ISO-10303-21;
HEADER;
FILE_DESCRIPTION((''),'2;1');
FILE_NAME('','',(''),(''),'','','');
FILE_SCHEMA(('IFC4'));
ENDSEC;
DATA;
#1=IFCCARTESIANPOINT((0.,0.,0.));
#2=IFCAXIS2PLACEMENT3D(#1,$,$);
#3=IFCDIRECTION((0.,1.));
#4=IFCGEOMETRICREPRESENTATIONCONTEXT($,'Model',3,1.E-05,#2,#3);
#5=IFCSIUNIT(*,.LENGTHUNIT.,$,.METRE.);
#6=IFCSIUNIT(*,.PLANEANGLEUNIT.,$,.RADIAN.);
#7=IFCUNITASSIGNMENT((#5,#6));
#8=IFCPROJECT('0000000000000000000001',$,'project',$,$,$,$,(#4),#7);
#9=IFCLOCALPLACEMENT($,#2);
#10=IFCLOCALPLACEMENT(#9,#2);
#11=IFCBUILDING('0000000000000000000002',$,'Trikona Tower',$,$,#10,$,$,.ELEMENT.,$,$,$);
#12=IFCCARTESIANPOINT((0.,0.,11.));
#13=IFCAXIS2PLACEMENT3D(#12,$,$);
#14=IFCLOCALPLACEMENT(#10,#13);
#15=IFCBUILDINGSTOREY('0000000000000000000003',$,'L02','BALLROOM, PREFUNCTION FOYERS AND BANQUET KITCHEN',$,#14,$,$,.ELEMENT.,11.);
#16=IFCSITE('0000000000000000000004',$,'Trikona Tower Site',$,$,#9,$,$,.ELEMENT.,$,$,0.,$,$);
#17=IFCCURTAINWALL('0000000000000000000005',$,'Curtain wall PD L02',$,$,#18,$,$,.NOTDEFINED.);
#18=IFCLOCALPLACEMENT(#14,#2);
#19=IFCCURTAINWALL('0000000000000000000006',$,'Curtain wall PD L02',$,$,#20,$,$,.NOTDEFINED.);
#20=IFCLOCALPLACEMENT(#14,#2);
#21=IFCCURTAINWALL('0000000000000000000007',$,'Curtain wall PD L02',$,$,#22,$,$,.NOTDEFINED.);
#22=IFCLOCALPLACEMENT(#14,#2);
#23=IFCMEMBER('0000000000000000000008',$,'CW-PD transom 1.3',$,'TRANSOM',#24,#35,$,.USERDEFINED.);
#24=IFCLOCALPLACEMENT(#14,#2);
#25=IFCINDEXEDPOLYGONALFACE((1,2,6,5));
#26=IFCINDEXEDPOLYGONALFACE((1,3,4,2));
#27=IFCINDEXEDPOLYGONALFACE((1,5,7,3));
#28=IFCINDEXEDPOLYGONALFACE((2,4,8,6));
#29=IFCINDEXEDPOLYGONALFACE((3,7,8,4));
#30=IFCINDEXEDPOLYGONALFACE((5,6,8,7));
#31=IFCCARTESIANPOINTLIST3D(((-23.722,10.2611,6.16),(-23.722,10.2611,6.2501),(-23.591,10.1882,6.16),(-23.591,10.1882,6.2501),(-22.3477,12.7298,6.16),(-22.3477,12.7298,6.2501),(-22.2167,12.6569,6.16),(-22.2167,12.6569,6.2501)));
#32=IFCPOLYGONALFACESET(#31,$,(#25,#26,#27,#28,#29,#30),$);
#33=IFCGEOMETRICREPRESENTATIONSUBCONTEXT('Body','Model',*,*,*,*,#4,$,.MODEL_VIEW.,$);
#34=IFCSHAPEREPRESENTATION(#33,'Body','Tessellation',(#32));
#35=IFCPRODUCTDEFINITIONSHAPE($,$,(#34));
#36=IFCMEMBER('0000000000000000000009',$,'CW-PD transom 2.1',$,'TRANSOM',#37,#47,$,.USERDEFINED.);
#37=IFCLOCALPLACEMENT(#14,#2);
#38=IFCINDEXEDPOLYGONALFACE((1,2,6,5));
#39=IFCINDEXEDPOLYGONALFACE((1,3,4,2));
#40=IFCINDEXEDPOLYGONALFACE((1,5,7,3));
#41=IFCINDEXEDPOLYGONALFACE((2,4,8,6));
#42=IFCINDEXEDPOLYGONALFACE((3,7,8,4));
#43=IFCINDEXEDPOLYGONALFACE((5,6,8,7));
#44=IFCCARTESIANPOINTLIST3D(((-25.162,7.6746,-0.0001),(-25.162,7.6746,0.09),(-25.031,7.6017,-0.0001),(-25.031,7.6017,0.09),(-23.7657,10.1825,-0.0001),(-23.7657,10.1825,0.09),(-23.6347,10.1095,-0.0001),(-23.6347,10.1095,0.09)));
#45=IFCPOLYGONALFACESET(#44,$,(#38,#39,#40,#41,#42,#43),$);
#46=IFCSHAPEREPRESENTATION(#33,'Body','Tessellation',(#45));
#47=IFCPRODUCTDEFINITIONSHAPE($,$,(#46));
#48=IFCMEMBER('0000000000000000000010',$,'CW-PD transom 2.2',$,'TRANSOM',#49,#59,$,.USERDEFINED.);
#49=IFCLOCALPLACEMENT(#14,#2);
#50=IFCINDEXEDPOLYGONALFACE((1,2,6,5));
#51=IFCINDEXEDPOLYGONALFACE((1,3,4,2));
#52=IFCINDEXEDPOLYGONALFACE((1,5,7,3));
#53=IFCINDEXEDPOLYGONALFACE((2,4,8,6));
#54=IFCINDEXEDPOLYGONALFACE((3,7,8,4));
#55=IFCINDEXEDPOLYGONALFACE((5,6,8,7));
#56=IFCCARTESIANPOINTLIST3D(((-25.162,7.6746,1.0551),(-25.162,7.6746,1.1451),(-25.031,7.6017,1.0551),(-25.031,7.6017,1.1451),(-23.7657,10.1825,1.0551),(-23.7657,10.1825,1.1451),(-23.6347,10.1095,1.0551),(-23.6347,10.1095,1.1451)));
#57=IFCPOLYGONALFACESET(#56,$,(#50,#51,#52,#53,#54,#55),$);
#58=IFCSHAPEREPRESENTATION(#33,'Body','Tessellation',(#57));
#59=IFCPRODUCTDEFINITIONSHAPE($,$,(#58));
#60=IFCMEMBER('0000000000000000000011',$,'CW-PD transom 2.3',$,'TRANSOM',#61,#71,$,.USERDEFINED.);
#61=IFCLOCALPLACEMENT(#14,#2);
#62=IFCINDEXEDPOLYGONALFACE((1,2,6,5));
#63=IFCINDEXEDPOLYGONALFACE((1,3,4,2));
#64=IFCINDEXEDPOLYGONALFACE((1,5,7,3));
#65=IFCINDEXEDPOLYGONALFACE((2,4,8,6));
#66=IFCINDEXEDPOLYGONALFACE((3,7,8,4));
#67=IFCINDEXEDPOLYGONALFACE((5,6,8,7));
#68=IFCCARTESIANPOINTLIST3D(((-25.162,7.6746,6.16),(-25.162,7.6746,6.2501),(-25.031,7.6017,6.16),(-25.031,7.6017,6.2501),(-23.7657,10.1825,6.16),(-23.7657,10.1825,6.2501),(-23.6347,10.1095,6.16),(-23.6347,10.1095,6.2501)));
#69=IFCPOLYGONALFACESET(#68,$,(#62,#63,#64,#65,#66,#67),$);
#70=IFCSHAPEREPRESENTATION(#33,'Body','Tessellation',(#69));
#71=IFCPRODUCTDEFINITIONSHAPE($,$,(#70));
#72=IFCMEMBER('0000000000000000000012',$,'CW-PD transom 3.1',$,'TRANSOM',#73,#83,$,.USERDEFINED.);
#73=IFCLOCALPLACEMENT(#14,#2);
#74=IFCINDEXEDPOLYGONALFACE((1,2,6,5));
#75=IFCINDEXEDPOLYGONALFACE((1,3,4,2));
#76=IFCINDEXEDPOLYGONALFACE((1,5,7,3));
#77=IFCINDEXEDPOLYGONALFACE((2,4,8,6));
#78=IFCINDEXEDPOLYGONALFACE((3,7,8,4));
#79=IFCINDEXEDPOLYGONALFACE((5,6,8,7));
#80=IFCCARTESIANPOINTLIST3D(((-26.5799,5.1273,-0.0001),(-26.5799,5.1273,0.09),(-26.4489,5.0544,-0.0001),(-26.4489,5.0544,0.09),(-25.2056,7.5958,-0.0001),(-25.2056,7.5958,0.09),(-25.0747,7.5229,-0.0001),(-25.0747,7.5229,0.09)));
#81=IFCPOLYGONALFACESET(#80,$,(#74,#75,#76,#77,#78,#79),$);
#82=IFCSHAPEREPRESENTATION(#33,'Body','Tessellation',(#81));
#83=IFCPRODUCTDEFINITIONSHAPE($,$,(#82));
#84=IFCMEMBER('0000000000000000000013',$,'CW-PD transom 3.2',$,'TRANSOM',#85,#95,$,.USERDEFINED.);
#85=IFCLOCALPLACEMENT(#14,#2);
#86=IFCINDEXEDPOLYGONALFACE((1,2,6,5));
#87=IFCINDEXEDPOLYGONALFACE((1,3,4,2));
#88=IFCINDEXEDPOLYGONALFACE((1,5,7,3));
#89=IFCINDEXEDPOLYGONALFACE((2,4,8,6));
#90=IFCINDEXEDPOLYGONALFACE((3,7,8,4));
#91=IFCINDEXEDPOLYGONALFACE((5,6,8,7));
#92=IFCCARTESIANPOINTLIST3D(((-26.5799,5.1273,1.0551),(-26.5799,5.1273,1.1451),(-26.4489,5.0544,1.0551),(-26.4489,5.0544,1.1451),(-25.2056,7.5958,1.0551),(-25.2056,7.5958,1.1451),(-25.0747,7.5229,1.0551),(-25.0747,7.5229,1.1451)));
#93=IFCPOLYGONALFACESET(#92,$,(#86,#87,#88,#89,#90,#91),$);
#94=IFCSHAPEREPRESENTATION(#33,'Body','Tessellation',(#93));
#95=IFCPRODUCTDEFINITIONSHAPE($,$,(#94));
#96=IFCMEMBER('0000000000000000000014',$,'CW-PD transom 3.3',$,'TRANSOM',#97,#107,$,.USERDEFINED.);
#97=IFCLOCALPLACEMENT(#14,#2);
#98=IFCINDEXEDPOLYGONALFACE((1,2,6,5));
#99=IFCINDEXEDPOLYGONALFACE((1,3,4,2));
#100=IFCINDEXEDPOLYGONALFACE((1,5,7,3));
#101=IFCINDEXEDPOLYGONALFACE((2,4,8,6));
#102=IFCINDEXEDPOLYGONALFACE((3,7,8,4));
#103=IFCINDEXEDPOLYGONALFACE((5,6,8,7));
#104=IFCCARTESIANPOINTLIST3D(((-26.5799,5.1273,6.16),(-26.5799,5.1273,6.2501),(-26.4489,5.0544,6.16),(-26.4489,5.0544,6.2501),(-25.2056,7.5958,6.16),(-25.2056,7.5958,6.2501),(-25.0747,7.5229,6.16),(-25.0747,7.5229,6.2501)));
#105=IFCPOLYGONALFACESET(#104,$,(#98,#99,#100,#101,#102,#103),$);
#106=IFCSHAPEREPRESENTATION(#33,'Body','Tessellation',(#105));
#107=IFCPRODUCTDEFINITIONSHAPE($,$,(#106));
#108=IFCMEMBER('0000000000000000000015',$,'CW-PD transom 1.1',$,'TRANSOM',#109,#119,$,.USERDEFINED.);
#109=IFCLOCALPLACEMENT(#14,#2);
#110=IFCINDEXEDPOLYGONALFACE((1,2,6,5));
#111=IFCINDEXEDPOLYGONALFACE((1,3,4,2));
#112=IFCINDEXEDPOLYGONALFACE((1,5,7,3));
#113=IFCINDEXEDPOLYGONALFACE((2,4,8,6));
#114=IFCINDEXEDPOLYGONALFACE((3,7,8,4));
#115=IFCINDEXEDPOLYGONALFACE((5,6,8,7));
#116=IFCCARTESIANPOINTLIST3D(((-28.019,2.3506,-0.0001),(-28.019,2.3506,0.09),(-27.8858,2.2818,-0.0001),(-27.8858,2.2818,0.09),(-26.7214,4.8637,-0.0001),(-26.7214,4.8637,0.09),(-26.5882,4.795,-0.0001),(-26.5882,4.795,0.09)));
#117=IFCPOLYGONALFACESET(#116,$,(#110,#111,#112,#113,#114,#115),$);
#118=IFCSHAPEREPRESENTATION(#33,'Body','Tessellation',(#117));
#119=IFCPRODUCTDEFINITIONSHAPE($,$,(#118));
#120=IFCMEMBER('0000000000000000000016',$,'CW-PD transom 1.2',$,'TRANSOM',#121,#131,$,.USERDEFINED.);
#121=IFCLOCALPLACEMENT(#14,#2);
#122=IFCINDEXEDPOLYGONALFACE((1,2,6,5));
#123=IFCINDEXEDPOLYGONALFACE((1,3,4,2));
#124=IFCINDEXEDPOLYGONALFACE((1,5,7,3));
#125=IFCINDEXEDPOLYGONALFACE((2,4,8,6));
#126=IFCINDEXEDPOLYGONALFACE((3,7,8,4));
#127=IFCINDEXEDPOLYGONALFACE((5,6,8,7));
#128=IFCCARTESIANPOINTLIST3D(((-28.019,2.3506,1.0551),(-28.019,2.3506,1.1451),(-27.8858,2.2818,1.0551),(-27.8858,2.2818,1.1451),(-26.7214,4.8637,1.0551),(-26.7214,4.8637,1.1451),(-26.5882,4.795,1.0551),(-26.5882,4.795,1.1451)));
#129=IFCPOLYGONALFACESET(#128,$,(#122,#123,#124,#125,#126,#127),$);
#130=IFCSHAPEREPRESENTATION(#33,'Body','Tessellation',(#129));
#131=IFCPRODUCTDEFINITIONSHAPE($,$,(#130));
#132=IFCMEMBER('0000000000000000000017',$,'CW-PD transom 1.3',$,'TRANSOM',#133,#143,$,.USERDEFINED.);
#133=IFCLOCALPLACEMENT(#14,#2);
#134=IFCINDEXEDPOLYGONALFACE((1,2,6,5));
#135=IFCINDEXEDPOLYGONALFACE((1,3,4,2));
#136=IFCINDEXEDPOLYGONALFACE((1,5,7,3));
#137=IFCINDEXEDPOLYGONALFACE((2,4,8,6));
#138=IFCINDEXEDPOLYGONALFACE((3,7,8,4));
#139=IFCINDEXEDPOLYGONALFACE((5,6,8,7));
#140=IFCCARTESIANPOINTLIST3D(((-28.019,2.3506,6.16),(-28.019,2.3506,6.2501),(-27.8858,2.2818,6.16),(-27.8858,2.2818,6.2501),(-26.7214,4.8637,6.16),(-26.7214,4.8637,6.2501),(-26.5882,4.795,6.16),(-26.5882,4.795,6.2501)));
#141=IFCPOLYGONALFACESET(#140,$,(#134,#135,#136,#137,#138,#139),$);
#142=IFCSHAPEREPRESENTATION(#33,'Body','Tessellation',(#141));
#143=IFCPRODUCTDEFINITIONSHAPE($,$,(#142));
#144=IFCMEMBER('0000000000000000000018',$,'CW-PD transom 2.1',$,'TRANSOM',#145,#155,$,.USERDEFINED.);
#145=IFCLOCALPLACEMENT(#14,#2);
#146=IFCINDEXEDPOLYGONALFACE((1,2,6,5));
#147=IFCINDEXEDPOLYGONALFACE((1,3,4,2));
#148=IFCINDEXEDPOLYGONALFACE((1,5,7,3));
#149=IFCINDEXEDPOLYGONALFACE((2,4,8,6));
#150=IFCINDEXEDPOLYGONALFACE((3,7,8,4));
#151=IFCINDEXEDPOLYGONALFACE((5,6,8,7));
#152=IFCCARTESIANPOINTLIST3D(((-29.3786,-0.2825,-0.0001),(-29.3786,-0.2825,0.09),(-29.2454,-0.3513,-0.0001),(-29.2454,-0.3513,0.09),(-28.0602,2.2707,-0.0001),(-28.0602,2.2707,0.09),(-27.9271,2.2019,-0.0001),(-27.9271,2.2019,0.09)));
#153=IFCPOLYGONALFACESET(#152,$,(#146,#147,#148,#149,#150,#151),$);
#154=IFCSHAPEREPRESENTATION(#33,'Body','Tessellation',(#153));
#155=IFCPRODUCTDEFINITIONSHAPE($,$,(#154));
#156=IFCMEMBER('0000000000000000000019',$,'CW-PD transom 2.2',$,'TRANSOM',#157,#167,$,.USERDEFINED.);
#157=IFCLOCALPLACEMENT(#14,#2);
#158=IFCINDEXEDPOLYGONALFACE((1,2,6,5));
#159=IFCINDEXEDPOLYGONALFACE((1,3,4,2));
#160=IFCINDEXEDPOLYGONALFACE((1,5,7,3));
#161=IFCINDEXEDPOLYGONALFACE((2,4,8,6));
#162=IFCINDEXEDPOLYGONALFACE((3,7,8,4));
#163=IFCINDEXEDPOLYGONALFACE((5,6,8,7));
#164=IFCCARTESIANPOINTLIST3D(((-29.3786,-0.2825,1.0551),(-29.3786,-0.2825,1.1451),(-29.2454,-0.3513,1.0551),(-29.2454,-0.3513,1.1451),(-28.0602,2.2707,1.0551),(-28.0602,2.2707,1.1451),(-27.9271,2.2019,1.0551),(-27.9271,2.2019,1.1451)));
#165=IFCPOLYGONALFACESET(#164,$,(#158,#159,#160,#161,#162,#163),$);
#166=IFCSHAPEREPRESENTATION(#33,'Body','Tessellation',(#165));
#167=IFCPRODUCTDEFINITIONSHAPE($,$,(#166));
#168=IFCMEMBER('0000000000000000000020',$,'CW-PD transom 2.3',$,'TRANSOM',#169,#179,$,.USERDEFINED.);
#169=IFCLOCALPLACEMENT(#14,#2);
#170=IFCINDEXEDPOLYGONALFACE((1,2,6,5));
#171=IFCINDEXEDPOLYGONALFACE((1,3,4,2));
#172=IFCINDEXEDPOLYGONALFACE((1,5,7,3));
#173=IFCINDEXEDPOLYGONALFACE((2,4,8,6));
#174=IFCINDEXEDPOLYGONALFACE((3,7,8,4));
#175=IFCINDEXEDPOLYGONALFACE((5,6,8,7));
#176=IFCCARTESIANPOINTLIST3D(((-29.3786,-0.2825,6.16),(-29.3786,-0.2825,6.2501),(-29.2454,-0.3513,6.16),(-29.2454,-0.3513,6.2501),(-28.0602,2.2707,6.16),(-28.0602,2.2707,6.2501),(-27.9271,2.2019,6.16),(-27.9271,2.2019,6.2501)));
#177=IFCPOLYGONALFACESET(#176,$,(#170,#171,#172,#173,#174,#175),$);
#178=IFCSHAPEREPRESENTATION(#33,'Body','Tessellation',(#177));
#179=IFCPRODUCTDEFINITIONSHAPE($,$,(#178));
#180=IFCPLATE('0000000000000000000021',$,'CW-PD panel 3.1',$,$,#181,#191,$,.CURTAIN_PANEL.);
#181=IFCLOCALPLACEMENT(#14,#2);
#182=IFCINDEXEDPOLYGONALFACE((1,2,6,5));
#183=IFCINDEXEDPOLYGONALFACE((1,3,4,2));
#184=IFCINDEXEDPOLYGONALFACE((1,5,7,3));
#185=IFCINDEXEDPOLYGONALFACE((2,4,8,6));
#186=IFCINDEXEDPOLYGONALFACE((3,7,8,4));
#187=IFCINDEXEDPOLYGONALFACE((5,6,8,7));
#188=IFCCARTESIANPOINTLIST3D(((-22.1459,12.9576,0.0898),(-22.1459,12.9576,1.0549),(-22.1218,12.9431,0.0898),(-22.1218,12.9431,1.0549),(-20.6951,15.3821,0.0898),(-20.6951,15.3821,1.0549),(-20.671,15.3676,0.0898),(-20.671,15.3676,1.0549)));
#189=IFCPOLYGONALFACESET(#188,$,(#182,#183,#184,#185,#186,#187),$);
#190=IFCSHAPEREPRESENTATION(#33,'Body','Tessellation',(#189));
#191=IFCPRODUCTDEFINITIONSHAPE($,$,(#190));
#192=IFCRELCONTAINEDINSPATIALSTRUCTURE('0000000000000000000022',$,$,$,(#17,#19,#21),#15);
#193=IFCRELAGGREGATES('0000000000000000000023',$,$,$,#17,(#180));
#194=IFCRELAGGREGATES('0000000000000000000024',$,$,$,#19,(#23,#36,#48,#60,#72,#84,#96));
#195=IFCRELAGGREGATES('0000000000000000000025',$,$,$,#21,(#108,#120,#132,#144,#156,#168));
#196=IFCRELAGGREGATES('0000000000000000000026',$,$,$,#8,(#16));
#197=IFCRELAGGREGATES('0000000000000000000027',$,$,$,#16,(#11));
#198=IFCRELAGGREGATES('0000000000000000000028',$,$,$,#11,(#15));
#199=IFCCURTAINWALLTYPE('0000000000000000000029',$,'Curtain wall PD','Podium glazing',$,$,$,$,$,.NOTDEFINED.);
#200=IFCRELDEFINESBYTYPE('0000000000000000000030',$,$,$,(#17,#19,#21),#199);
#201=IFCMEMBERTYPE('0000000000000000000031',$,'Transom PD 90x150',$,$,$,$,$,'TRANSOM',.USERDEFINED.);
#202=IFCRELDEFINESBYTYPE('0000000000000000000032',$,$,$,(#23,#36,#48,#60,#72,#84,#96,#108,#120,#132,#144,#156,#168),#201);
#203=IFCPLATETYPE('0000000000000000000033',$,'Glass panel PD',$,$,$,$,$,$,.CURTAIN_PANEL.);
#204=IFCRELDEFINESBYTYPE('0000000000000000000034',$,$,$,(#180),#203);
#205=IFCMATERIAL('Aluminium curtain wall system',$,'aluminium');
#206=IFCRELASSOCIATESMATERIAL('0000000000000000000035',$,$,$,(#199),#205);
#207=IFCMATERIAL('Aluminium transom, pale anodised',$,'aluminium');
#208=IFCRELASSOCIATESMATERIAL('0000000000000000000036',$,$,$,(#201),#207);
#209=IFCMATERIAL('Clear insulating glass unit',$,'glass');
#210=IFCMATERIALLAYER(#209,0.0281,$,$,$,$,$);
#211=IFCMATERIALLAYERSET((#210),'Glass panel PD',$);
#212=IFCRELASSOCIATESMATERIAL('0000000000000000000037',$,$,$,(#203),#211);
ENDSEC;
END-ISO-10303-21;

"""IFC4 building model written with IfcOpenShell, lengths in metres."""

from ifc_helpers import new_model, si_unit, direction, frame, origin, origin_2d, place, context, subcontext, project, spatial, rectangle, extrude, material, layer, layer_set, material_profile, profile_set, type_object, element, aggregate, save


model = new_model("IFC4")

# Units and contexts
model_context = context("Model", 3, precision=1e-05, world=origin(), true_north=direction((0.0, 1.0)))
body_context = subcontext(model_context, "Body", "Model", "MODEL_VIEW")
ifc_project = project(units=[si_unit("LENGTHUNIT", "METRE"), si_unit("PLANEANGLEUNIT", "RADIAN")], contexts=[model_context])

# Site, building, storey
site_placement = place(None, origin())
site = spatial("IfcSite", under=ifc_project, at=site_placement, Name="Trikona Tower Site", CompositionType="ELEMENT", RefElevation=0.0)
building_placement = place(site_placement, origin())
building = spatial("IfcBuilding", under=site, at=building_placement, Name="Trikona Tower", CompositionType="ELEMENT")
storey_placement = place(building_placement, frame((0.0, 0.0, 11.0)))
storey = spatial("IfcBuildingStorey", under=building, at=storey_placement, Name="L02", Description="BALLROOM, PREFUNCTION FOYERS AND BANQUET KITCHEN", CompositionType="ELEMENT", Elevation=11.0)

# Curtain wall
ifc_material_1 = material(Name="Aluminium curtain wall system", Category="aluminium")
curtain_wall_type = type_object("IfcCurtainWallType", Name="Curtain wall PD", Description="Podium glazing", PredefinedType="NOTDEFINED", material=ifc_material_1)
curtain_wall_1_placement = place(storey_placement, origin())
curtain_wall_1 = element("IfcCurtainWall", 1, at=curtain_wall_1_placement, inside=storey, type_object=curtain_wall_type, Name="Curtain wall PD L02", PredefinedType="NOTDEFINED")

# Curtain walls
curtain_wall_2_placement = place(storey_placement, origin())
curtain_wall_2 = element("IfcCurtainWall", 2, at=curtain_wall_2_placement, inside=storey, type_object=curtain_wall_type, Name="Curtain wall PD L02", PredefinedType="NOTDEFINED")
curtain_wall_3_placement = place(storey_placement, origin())
curtain_wall_3 = element("IfcCurtainWall", 3, at=curtain_wall_3_placement, inside=storey, type_object=curtain_wall_type, Name="Curtain wall PD L02", PredefinedType="NOTDEFINED")

# Members
ifc_material_2 = material(Name="Aluminium transom, pale anodised", Category="aluminium")
ifc_material_profile_1 = material_profile(ifc_material_2, rectangle(XDim=0.1499, YDim=0.0901, at=origin_2d()), Name="TRN-PD")
ifc_profile_set_1 = profile_set([ifc_material_profile_1], Name="Aluminium transom, pale anodised")
member_type_1 = type_object("IfcMemberType", Name="Transom PD 90x150", ElementType="TRANSOM", PredefinedType="USERDEFINED", material=ifc_profile_set_1)
member_1_placement = place(storey_placement, frame((-22.2822, 12.6934, 6.2051), z_axis=(-0.486384, -0.873745, 0.0), x_axis=(0.873745, -0.486384, 0.0)))
member_1 = element("IfcMember", 4, at=member_1_placement, type_object=member_type_1, Name="CW-PD transom 1.3", ObjectType="TRANSOM", PredefinedType="USERDEFINED", context=body_context, shape_type="SweptSolid", body=[
    extrude(rectangle(XDim=0.1499, YDim=0.0901, at=origin_2d()), origin(), (0.0, 0.0, 1.0), 2.8254),
])
member_2_placement = place(storey_placement, frame((-23.7002, 10.146, 0.0449), z_axis=(-0.486444, -0.873712, 0.0), x_axis=(0.873712, -0.486444, 0.0)))
member_2 = element("IfcMember", 5, at=member_2_placement, type_object=member_type_1, Name="CW-PD transom 2.1", ObjectType="TRANSOM", PredefinedType="USERDEFINED", context=body_context, shape_type="SweptSolid", body=[
    extrude(rectangle(XDim=0.1499, YDim=0.0901, at=origin_2d()), origin(), (0.0, 0.0, 1.0), 2.8704),
])
member_3_placement = place(storey_placement, frame((-23.7002, 10.146, 1.1001), z_axis=(-0.486444, -0.873712, 0.0), x_axis=(0.873712, -0.486444, 0.0)))
member_3 = element("IfcMember", 6, at=member_3_placement, type_object=member_type_1, Name="CW-PD transom 2.2", ObjectType="TRANSOM", PredefinedType="USERDEFINED", context=body_context, shape_type="SweptSolid", body=[
    extrude(rectangle(XDim=0.1499, YDim=0.0901, at=origin_2d()), origin(), (0.0, 0.0, 1.0), 2.8704),
])
member_4_placement = place(storey_placement, frame((-23.7002, 10.146, 6.2051), z_axis=(-0.486444, -0.873712, 0.0), x_axis=(0.873712, -0.486444, 0.0)))
member_4 = element("IfcMember", 7, at=member_4_placement, type_object=member_type_1, Name="CW-PD transom 2.3", ObjectType="TRANSOM", PredefinedType="USERDEFINED", context=body_context, shape_type="SweptSolid", body=[
    extrude(rectangle(XDim=0.1499, YDim=0.0901, at=origin_2d()), origin(), (0.0, 0.0, 1.0), 2.8704),
])
member_5_placement = place(storey_placement, frame((-25.1401, 7.5593, 0.0449), z_axis=(-0.48642, -0.873725, 0.0), x_axis=(0.873725, -0.48642, 0.0)))
member_5 = element("IfcMember", 8, at=member_5_placement, type_object=member_type_1, Name="CW-PD transom 3.1", ObjectType="TRANSOM", PredefinedType="USERDEFINED", context=body_context, shape_type="SweptSolid", body=[
    extrude(rectangle(XDim=0.1499, YDim=0.0901, at=origin_2d()), origin(), (0.0, 0.0, 1.0), 2.8252),
])
member_6_placement = place(storey_placement, frame((-25.1401, 7.5593, 1.1001), z_axis=(-0.48642, -0.873725, 0.0), x_axis=(0.873725, -0.48642, 0.0)))
member_6 = element("IfcMember", 9, at=member_6_placement, type_object=member_type_1, Name="CW-PD transom 3.2", ObjectType="TRANSOM", PredefinedType="USERDEFINED", context=body_context, shape_type="SweptSolid", body=[
    extrude(rectangle(XDim=0.1499, YDim=0.0901, at=origin_2d()), origin(), (0.0, 0.0, 1.0), 2.8252),
])
member_7_placement = place(storey_placement, frame((-25.1401, 7.5593, 6.2051), z_axis=(-0.48642, -0.873725, 0.0), x_axis=(0.873725, -0.48642, 0.0)))
member_7 = element("IfcMember", 10, at=member_7_placement, type_object=member_type_1, Name="CW-PD transom 3.3", ObjectType="TRANSOM", PredefinedType="USERDEFINED", context=body_context, shape_type="SweptSolid", body=[
    extrude(rectangle(XDim=0.1499, YDim=0.0901, at=origin_2d()), origin(), (0.0, 0.0, 1.0), 2.8252),
])
member_8_placement = place(storey_placement, frame((-26.6548, 4.8293, 0.0449), z_axis=(-0.458777, -0.888551, 0.0), x_axis=(0.888551, -0.458777, 0.0)))
member_8 = element("IfcMember", 11, at=member_8_placement, type_object=member_type_1, Name="CW-PD transom 1.1", ObjectType="TRANSOM", PredefinedType="USERDEFINED", context=body_context, shape_type="SweptSolid", body=[
    extrude(rectangle(XDim=0.1499, YDim=0.0901, at=origin_2d()), origin(), (0.0, 0.0, 1.0), 2.8284),
])
member_9_placement = place(storey_placement, frame((-26.6548, 4.8293, 1.1001), z_axis=(-0.458777, -0.888551, 0.0), x_axis=(0.888551, -0.458777, 0.0)))
member_9 = element("IfcMember", 12, at=member_9_placement, type_object=member_type_1, Name="CW-PD transom 1.2", ObjectType="TRANSOM", PredefinedType="USERDEFINED", context=body_context, shape_type="SweptSolid", body=[
    extrude(rectangle(XDim=0.1499, YDim=0.0901, at=origin_2d()), origin(), (0.0, 0.0, 1.0), 2.8284),
])
member_10_placement = place(storey_placement, frame((-26.6548, 4.8293, 6.2051), z_axis=(-0.458777, -0.888551, 0.0), x_axis=(0.888551, -0.458777, 0.0)))
member_10 = element("IfcMember", 13, at=member_10_placement, type_object=member_type_1, Name="CW-PD transom 1.3", ObjectType="TRANSOM", PredefinedType="USERDEFINED", context=body_context, shape_type="SweptSolid", body=[
    extrude(rectangle(XDim=0.1499, YDim=0.0901, at=origin_2d()), origin(), (0.0, 0.0, 1.0), 2.8284),
])
member_11_placement = place(storey_placement, frame((-27.9937, 2.2363, 0.0449), z_axis=(-0.458799, -0.88854, 0.0), x_axis=(0.88854, -0.458799, 0.0)))
member_11 = element("IfcMember", 14, at=member_11_placement, type_object=member_type_1, Name="CW-PD transom 2.1", ObjectType="TRANSOM", PredefinedType="USERDEFINED", context=body_context, shape_type="SweptSolid", body=[
    extrude(rectangle(XDim=0.1499, YDim=0.0901, at=origin_2d()), origin(), (0.0, 0.0, 1.0), 2.8735),
])
member_12_placement = place(storey_placement, frame((-27.9937, 2.2363, 1.1001), z_axis=(-0.458799, -0.88854, 0.0), x_axis=(0.88854, -0.458799, 0.0)))
member_12 = element("IfcMember", 15, at=member_12_placement, type_object=member_type_1, Name="CW-PD transom 2.2", ObjectType="TRANSOM", PredefinedType="USERDEFINED", context=body_context, shape_type="SweptSolid", body=[
    extrude(rectangle(XDim=0.1499, YDim=0.0901, at=origin_2d()), origin(), (0.0, 0.0, 1.0), 2.8735),
])
member_13_placement = place(storey_placement, frame((-27.9937, 2.2363, 6.2051), z_axis=(-0.458799, -0.88854, 0.0), x_axis=(0.88854, -0.458799, 0.0)))
member_13 = element("IfcMember", 16, at=member_13_placement, type_object=member_type_1, Name="CW-PD transom 2.3", ObjectType="TRANSOM", PredefinedType="USERDEFINED", context=body_context, shape_type="SweptSolid", body=[
    extrude(rectangle(XDim=0.1499, YDim=0.0901, at=origin_2d()), origin(), (0.0, 0.0, 1.0), 2.8735),
])

# Plate
ifc_material_3 = material(Name="Clear insulating glass unit", Category="glass")
ifc_layer_1 = layer(ifc_material_3, 0.0281)
ifc_layer_set_1 = layer_set([ifc_layer_1], Name="Glass panel PD")
plate_type = type_object("IfcPlateType", Name="Glass panel PD", PredefinedType="CURTAIN_PANEL", material=ifc_layer_set_1)
plate_1_placement = place(storey_placement, frame((-21.4084, 14.1626, 0.0898), z_axis=(0.0, 0.0, 1.0), x_axis=(-0.51349, -0.858095, 0.0)))
plate_1 = element("IfcPlate", 17, at=plate_1_placement, type_object=plate_type, Name="CW-PD panel 3.1", PredefinedType="CURTAIN_PANEL", context=body_context, shape_type="SweptSolid", body=[
    extrude(rectangle(XDim=2.8254, YDim=0.0281, at=origin_2d()), origin(), (0.0, 0.0, 1.0), 0.9651),
])
aggregate(curtain_wall_1, [plate_1])
aggregate(curtain_wall_2, [member_1, member_2, member_3, member_4, member_5, member_6, member_7])
aggregate(curtain_wall_3, [member_8, member_9, member_10, member_11, member_12, member_13])

save(model, "model.ifc")
